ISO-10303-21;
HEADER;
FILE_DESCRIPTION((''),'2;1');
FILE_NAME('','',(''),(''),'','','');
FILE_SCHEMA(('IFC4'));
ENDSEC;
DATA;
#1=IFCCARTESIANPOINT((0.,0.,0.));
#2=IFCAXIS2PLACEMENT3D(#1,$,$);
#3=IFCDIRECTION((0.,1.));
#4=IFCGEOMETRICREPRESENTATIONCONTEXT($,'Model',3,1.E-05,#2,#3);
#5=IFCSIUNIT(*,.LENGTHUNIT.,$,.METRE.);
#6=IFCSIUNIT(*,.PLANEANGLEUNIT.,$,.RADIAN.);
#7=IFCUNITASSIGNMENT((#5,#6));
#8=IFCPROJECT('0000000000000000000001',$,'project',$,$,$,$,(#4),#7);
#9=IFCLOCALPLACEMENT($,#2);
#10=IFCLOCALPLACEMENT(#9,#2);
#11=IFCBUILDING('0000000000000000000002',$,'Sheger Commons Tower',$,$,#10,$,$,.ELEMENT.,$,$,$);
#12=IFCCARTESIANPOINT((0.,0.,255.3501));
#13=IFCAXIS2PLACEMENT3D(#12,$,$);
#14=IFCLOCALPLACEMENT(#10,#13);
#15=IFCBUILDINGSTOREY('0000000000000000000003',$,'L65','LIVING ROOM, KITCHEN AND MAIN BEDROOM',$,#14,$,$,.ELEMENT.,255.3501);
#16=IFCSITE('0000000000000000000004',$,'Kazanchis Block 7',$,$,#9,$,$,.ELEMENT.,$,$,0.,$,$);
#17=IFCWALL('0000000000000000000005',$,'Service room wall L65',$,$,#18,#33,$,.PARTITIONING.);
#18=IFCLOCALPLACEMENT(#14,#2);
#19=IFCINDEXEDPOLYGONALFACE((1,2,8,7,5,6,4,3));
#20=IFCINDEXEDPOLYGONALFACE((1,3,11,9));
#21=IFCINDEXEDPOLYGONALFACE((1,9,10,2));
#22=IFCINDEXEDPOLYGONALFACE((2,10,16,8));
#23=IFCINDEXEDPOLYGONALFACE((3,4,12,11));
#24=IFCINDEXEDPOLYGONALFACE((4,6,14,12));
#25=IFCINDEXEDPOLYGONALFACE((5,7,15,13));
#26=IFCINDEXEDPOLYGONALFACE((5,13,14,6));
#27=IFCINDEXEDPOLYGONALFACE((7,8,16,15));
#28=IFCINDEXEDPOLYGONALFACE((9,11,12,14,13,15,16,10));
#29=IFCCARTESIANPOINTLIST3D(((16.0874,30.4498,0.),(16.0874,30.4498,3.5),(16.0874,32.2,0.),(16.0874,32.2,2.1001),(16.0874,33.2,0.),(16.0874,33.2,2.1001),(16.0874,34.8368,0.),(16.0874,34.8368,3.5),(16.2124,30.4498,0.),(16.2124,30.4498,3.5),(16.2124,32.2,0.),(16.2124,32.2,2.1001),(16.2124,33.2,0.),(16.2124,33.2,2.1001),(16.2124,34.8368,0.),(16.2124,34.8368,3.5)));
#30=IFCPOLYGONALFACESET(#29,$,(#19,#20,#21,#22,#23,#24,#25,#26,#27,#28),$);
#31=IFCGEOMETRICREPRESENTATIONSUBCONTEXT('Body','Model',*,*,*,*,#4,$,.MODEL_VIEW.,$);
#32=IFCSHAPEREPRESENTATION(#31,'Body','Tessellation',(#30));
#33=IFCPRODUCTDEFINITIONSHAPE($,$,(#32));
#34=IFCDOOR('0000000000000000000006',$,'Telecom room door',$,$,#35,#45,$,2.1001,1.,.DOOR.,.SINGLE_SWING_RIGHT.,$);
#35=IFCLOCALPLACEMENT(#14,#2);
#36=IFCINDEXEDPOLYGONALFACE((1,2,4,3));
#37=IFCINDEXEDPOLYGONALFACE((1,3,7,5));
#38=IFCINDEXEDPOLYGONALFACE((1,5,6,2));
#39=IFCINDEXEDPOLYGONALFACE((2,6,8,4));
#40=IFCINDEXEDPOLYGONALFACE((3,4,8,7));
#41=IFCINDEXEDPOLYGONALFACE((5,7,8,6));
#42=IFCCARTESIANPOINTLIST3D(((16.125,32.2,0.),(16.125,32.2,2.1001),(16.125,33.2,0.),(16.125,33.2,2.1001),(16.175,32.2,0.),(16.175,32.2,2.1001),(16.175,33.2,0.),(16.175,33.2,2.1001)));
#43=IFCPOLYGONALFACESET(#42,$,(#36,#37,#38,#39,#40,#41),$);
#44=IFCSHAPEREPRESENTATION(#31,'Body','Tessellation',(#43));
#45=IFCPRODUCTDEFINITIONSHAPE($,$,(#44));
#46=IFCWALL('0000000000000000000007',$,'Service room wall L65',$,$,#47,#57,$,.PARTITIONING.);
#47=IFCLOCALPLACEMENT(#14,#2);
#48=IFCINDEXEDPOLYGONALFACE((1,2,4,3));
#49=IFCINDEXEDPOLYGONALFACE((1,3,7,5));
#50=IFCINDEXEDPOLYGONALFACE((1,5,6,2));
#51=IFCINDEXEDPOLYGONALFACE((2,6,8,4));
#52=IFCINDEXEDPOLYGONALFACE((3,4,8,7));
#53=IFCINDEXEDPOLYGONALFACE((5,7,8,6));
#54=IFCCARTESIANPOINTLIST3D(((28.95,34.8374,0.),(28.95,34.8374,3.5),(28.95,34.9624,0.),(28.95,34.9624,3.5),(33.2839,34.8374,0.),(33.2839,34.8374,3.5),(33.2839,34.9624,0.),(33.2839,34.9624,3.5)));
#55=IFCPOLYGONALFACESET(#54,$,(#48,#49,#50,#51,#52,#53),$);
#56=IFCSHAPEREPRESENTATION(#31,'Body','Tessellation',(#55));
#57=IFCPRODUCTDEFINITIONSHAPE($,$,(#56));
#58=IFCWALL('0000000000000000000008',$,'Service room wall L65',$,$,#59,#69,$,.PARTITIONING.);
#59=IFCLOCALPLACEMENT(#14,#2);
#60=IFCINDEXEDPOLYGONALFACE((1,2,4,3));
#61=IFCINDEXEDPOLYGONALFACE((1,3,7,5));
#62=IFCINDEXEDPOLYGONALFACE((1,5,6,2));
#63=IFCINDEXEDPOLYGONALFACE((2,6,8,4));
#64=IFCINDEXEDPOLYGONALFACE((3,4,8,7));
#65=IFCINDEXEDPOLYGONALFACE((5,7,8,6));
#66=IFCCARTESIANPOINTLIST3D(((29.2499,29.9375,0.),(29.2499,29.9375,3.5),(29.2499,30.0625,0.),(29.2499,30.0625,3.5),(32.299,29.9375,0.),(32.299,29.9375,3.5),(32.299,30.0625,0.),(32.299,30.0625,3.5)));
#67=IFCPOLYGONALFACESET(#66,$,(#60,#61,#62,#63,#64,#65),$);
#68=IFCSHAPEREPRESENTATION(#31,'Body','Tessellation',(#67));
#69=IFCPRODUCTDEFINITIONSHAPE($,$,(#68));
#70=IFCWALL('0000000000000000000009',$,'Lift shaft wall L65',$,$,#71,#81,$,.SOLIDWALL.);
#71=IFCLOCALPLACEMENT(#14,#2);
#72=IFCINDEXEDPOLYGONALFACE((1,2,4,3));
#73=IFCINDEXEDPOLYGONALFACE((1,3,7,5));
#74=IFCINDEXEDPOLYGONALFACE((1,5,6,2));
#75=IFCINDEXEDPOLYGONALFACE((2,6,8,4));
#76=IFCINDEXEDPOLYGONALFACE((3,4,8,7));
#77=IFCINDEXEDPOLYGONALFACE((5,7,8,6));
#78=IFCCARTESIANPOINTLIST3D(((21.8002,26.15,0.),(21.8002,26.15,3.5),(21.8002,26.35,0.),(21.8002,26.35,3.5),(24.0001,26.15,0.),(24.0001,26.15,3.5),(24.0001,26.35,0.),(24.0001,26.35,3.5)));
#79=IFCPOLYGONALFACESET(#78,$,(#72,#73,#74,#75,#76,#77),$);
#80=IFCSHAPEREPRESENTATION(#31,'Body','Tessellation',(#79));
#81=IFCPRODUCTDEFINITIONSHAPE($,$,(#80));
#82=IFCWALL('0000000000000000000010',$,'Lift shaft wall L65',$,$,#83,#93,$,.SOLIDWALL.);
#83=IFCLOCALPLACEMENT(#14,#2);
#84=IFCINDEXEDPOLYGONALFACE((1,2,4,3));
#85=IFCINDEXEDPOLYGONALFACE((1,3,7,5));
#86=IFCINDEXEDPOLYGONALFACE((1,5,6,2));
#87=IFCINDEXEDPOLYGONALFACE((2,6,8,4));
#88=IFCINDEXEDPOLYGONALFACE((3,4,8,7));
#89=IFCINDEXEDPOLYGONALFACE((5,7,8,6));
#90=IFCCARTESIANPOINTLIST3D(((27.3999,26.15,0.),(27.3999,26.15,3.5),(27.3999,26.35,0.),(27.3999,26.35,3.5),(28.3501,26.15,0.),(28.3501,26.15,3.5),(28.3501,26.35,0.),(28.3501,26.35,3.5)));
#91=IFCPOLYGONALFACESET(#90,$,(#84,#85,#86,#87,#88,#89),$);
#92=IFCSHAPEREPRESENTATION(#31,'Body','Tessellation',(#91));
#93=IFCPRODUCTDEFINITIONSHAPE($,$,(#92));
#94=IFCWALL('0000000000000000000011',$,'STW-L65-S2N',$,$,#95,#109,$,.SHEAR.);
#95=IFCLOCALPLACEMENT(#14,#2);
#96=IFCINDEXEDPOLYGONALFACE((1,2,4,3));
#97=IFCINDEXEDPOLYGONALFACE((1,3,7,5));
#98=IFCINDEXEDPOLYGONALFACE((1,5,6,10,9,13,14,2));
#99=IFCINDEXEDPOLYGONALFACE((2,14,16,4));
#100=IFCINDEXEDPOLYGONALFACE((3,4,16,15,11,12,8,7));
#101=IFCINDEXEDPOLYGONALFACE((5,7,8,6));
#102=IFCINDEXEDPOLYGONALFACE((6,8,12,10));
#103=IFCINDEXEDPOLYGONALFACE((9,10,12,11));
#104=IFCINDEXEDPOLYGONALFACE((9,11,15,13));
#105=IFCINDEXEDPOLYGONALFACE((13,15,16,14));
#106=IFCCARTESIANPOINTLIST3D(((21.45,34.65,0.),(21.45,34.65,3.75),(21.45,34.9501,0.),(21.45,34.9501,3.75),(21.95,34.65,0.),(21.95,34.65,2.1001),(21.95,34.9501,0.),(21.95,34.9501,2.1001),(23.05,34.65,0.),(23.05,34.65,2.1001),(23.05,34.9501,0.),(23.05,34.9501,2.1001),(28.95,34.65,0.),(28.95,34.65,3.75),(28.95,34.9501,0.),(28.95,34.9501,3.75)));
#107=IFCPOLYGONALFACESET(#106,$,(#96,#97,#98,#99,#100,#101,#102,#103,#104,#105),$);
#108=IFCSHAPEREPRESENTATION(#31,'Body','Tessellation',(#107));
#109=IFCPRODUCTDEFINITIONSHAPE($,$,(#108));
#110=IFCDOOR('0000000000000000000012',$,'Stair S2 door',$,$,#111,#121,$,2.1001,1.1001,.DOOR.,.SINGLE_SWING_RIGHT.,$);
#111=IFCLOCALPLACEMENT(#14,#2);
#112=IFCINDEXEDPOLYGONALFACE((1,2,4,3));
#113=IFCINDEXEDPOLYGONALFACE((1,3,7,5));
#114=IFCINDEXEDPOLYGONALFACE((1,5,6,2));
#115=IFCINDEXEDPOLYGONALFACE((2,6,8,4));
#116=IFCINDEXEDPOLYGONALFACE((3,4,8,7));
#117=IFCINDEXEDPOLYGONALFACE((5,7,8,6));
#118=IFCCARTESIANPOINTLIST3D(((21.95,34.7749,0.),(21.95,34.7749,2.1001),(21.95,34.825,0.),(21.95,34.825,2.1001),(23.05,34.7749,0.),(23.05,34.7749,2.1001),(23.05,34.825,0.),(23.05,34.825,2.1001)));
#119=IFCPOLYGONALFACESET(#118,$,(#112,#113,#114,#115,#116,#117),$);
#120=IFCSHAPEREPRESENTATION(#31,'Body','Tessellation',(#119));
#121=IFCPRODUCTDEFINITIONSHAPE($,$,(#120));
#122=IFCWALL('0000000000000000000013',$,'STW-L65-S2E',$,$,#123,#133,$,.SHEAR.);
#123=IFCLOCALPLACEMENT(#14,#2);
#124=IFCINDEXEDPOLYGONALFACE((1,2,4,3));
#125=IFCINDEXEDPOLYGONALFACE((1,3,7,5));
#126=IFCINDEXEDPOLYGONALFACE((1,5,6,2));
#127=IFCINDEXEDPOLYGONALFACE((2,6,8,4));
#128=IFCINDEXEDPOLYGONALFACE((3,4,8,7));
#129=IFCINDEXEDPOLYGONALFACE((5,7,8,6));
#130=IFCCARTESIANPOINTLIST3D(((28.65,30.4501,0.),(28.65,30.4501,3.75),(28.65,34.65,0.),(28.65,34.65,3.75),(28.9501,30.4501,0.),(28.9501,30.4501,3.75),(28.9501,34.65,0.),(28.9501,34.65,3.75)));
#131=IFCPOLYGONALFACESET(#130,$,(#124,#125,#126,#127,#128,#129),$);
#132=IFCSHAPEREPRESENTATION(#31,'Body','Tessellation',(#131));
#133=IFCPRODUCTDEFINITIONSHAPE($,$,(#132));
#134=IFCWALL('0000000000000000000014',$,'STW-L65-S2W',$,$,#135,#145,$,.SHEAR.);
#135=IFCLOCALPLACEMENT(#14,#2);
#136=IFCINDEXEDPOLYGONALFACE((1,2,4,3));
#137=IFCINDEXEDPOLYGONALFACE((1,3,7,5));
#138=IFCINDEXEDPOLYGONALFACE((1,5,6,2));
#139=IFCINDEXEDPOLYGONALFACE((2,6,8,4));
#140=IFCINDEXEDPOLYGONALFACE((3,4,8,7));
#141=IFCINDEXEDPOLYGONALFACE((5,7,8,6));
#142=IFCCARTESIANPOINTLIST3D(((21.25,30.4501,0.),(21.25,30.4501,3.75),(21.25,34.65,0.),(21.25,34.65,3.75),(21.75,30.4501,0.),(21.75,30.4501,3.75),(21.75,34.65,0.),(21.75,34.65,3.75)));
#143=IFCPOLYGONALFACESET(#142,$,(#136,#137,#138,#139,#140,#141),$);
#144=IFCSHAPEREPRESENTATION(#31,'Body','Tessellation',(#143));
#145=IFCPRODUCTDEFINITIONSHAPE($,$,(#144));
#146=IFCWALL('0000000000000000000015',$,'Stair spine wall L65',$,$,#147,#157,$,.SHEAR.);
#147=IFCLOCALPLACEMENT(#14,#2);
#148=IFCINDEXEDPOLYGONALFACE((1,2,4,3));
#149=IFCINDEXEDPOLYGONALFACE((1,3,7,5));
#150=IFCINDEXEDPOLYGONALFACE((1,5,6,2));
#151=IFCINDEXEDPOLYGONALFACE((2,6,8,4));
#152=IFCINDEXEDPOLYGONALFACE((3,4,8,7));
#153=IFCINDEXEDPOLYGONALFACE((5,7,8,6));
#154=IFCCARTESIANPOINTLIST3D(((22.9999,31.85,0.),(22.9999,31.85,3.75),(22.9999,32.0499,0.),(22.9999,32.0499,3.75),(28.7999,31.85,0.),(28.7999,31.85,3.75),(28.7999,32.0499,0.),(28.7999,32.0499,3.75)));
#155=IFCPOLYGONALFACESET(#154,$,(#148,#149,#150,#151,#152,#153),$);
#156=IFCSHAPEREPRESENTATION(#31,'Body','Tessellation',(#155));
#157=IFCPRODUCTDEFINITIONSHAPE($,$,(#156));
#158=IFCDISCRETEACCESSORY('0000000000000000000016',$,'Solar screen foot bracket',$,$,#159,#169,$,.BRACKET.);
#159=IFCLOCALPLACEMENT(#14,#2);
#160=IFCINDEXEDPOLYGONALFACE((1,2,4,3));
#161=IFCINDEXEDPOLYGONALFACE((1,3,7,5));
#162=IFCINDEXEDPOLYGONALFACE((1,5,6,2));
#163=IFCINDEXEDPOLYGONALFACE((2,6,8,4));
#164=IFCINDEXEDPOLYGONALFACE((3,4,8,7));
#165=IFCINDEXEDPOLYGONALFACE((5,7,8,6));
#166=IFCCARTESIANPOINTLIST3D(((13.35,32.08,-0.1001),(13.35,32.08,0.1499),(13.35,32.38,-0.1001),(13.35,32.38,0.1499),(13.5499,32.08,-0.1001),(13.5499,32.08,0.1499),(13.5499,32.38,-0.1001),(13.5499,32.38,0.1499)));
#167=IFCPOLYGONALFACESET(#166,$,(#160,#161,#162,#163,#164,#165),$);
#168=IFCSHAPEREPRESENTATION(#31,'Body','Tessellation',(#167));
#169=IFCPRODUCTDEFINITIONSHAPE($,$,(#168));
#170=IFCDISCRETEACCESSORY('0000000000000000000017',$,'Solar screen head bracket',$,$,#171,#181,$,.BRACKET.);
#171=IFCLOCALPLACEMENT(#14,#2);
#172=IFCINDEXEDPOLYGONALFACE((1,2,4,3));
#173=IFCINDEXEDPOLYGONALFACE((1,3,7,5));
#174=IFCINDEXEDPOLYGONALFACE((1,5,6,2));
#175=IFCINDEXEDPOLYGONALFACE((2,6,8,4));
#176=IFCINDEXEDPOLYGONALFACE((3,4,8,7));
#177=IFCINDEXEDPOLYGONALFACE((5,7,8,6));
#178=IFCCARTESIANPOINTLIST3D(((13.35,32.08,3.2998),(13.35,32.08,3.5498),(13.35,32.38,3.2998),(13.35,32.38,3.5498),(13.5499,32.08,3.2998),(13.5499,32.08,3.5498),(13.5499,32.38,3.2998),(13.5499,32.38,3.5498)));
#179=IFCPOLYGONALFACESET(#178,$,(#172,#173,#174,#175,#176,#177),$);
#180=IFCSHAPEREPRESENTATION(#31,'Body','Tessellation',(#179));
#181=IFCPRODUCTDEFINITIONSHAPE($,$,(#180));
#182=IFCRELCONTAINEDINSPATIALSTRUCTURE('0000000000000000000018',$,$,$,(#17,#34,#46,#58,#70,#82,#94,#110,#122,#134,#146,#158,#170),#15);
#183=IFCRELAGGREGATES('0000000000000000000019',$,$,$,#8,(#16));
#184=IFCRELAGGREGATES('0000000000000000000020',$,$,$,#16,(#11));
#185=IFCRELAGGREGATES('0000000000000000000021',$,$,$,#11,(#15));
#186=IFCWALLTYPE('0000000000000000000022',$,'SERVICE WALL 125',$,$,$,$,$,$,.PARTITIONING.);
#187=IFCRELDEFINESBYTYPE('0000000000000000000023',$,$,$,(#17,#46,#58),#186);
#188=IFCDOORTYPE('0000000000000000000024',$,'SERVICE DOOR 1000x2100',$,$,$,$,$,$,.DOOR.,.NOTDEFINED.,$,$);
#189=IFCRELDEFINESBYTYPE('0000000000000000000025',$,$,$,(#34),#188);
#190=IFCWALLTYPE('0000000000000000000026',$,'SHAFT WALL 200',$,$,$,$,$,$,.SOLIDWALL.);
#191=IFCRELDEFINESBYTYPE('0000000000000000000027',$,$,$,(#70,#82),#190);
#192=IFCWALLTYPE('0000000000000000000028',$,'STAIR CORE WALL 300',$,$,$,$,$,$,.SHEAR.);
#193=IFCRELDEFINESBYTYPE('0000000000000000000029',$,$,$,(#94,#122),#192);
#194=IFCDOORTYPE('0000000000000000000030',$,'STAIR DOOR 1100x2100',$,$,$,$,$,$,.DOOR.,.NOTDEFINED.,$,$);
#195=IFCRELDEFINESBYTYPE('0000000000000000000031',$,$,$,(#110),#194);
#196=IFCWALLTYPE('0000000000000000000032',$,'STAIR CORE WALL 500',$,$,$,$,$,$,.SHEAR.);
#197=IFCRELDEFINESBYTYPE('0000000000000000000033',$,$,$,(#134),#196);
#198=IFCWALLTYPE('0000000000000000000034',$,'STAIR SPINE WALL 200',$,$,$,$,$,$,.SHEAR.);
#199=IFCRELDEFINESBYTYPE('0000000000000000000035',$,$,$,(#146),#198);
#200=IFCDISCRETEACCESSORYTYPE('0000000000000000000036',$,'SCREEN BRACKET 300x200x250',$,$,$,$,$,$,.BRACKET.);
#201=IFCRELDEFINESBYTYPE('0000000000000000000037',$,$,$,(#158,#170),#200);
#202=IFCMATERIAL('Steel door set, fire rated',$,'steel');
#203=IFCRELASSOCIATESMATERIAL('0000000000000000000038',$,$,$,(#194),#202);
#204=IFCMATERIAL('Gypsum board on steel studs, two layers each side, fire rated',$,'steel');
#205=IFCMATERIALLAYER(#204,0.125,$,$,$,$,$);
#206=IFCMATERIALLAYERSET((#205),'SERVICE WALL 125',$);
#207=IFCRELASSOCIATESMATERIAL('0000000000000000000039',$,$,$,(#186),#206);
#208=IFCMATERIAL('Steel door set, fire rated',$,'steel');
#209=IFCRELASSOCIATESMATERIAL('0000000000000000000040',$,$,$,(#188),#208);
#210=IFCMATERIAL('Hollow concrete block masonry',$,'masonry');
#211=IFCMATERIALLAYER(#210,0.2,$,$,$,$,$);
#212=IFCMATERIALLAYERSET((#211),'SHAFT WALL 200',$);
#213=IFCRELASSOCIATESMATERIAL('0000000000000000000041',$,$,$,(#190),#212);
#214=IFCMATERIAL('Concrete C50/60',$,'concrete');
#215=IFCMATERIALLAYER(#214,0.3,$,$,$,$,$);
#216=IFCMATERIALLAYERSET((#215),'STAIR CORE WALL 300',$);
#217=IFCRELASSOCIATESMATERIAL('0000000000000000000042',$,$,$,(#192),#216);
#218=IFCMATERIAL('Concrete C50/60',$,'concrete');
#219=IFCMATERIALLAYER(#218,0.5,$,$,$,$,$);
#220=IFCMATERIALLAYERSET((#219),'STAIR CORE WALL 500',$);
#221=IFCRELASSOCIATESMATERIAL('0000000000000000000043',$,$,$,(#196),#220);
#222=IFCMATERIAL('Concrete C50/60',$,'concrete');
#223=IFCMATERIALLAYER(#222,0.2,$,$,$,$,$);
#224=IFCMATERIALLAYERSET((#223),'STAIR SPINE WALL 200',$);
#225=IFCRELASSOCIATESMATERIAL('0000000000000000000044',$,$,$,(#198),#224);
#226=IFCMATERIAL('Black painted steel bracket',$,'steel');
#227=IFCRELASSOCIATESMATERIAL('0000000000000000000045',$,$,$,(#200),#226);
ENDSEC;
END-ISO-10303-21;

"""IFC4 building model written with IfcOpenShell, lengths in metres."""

from ifc_helpers import new_model, si_unit, direction, frame, frame_2d, origin, origin_2d, place, context, subcontext, project, spatial, rectangle, extrude, material, layer, layer_set, type_object, element, fill, save


model = new_model("IFC4")

# Units and contexts
model_context = context("Model", 3, precision=1e-05, world=origin(), true_north=direction((0.0, 1.0)))
body_context = subcontext(model_context, "Body", "Model", "MODEL_VIEW")
ifc_project = project(units=[si_unit("LENGTHUNIT", "METRE"), si_unit("PLANEANGLEUNIT", "RADIAN")], contexts=[model_context])

# Site, building, storey
site_placement = place(None, origin())
site = spatial("IfcSite", under=ifc_project, at=site_placement, Name="Kazanchis Block 7", CompositionType="ELEMENT", RefElevation=0.0)
building_placement = place(site_placement, origin())
building = spatial("IfcBuilding", under=site, at=building_placement, Name="Sheger Commons Tower", CompositionType="ELEMENT")
storey_placement = place(building_placement, frame((0.0, 0.0, 255.3501)))
storey = spatial("IfcBuildingStorey", under=building, at=storey_placement, Name="L65", Description="LIVING ROOM, KITCHEN AND MAIN BEDROOM", CompositionType="ELEMENT", Elevation=255.3501)

# Shared definitions
ifc_material_1 = material(Name="Steel door set, fire rated", Category="steel")
door_type_1 = type_object("IfcDoorType", Name="STAIR DOOR 1100x2100", OperationType="NOTDEFINED", PredefinedType="DOOR", material=ifc_material_1)

# Wall, opening, door
ifc_material_2 = material(Name="Gypsum board on steel studs, two layers each side, fire rated", Category="steel")
ifc_layer_1 = layer(ifc_material_2, 0.125)
ifc_layer_set_1 = layer_set([ifc_layer_1], Name="SERVICE WALL 125")
wall_type_1 = type_object("IfcWallType", Name="SERVICE WALL 125", PredefinedType="PARTITIONING", material=ifc_layer_set_1)
wall_1_placement = place(storey_placement, frame((16.1499, 30.45, 0.0), z_axis=(0.0, 0.0, 1.0), x_axis=(0.0, 1.0, 0.0)))
wall_1 = element("IfcWall", 1, at=wall_1_placement, inside=storey, type_object=wall_type_1, Name="Service room wall L65", PredefinedType="PARTITIONING", context=body_context, shape_type="SweptSolid", body=[
    extrude(rectangle(XDim=4.387, YDim=0.125, at=frame_2d((2.1934, 0.0))), origin(), (0.0, 0.0, 1.0), 3.5),
])
opening_1_placement = place(wall_1_placement, frame((1.75, 0.0, 0.0)))
opening_1 = element("IfcOpeningElement", 2, at=opening_1_placement, cuts=wall_1, PredefinedType="OPENING", context=body_context, shape_type="SweptSolid", body=[
    extrude(rectangle(XDim=1.0, YDim=2.1001, at=frame_2d((0.5, 1.05))), frame((0.0, 0.0725, 0.0), z_axis=(0.0, -1.0, 0.0), x_axis=(1.0, 0.0, 0.0)), (0.0, 0.0, 1.0), 0.145),
])
ifc_material_3 = material(Name="Steel door set, fire rated", Category="steel")
door_type_2 = type_object("IfcDoorType", Name="SERVICE DOOR 1000x2100", OperationType="NOTDEFINED", PredefinedType="DOOR", material=ifc_material_3)
door_1_placement = place(opening_1_placement, origin())
door_1 = element("IfcDoor", 3, at=door_1_placement, inside=storey, type_object=door_type_2, Name="Telecom room door", OperationType="SINGLE_SWING_RIGHT", OverallHeight=2.1001, OverallWidth=1.0, PredefinedType="DOOR", context=body_context, shape_type="SweptSolid", body=[
    extrude(rectangle(XDim=1.0, YDim=2.1001, at=frame_2d((0.5, 1.05))), frame((0.0, 0.0249, 0.0), z_axis=(0.0, -1.0, 0.0), x_axis=(1.0, 0.0, 0.0)), (0.0, 0.0, 1.0), 0.05),
])
fill(opening_1, door_1)

# Walls
wall_2_placement = place(storey_placement, frame((28.95, 34.8999, 0.0), z_axis=(0.0, 0.0, 1.0), x_axis=(1.0, 0.0, 0.0)))
element("IfcWall", 4, at=wall_2_placement, inside=storey, type_object=wall_type_1, Name="Service room wall L65", PredefinedType="PARTITIONING", context=body_context, shape_type="SweptSolid", body=[
    extrude(rectangle(XDim=4.334, YDim=0.125, at=frame_2d((2.167, 0.0))), origin(), (0.0, 0.0, 1.0), 3.5),
])
wall_3_placement = place(storey_placement, frame((29.25, 30.0, 0.0), z_axis=(0.0, 0.0, 1.0), x_axis=(1.0, 0.0, 0.0)))
element("IfcWall", 5, at=wall_3_placement, inside=storey, type_object=wall_type_1, Name="Service room wall L65", PredefinedType="PARTITIONING", context=body_context, shape_type="SweptSolid", body=[
    extrude(rectangle(XDim=3.0491, YDim=0.125, at=frame_2d((1.5244, 0.0))), origin(), (0.0, 0.0, 1.0), 3.5),
])
ifc_material_4 = material(Name="Hollow concrete block masonry", Category="masonry")
ifc_layer_2 = layer(ifc_material_4, 0.2)
ifc_layer_set_2 = layer_set([ifc_layer_2], Name="SHAFT WALL 200")
wall_type_2 = type_object("IfcWallType", Name="SHAFT WALL 200", PredefinedType="SOLIDWALL", material=ifc_layer_set_2)
wall_4_placement = place(storey_placement, frame((21.8, 26.25, 0.0), z_axis=(0.0, 0.0, 1.0), x_axis=(1.0, 0.0, 0.0)))
element("IfcWall", 6, at=wall_4_placement, inside=storey, type_object=wall_type_2, Name="Lift shaft wall L65", PredefinedType="SOLIDWALL", context=body_context, shape_type="SweptSolid", body=[
    extrude(rectangle(XDim=2.2, YDim=0.2, at=frame_2d((1.1001, 0.0))), origin(), (0.0, 0.0, 1.0), 3.5),
])
wall_5_placement = place(storey_placement, frame((27.3999, 26.25, 0.0), z_axis=(0.0, 0.0, 1.0), x_axis=(1.0, 0.0, 0.0)))
element("IfcWall", 7, at=wall_5_placement, inside=storey, type_object=wall_type_2, Name="Lift shaft wall L65", PredefinedType="SOLIDWALL", context=body_context, shape_type="SweptSolid", body=[
    extrude(rectangle(XDim=0.9502, YDim=0.2, at=frame_2d((0.4751, 0.0))), origin(), (0.0, 0.0, 1.0), 3.5),
])

# Wall, opening, door
ifc_material_5 = material(Name="Concrete C50/60", Category="concrete")
ifc_layer_3 = layer(ifc_material_5, 0.3)
ifc_layer_set_3 = layer_set([ifc_layer_3], Name="STAIR CORE WALL 300")
wall_type_3 = type_object("IfcWallType", Name="STAIR CORE WALL 300", PredefinedType="SHEAR", material=ifc_layer_set_3)
wall_6_placement = place(storey_placement, frame((21.45, 34.8, 0.0), z_axis=(0.0, 0.0, 1.0), x_axis=(1.0, 0.0, 0.0)))
wall_6 = element("IfcWall", 8, at=wall_6_placement, inside=storey, type_object=wall_type_3, Name="STW-L65-S2N", PredefinedType="SHEAR", context=body_context, shape_type="SweptSolid", body=[
    extrude(rectangle(XDim=7.5, YDim=0.3, at=frame_2d((3.75, 0.0))), origin(), (0.0, 0.0, 1.0), 3.75),
])
opening_2_placement = place(wall_6_placement, frame((0.5, 0.0, 0.0)))
opening_2 = element("IfcOpeningElement", 9, at=opening_2_placement, cuts=wall_6, PredefinedType="OPENING", context=body_context, shape_type="SweptSolid", body=[
    extrude(rectangle(XDim=1.1001, YDim=2.1001, at=frame_2d((0.55, 1.05))), frame((0.0, 0.1599, 0.0), z_axis=(0.0, -1.0, 0.0), x_axis=(1.0, 0.0, 0.0)), (0.0, 0.0, 1.0), 0.3201),
])
door_2_placement = place(opening_2_placement, origin())
door_2 = element("IfcDoor", 10, at=door_2_placement, inside=storey, type_object=door_type_1, Name="Stair S2 door", OperationType="SINGLE_SWING_RIGHT", OverallHeight=2.1001, OverallWidth=1.1001, PredefinedType="DOOR", context=body_context, shape_type="SweptSolid", body=[
    extrude(rectangle(XDim=1.1001, YDim=2.1001, at=frame_2d((0.55, 1.05))), frame((0.0, 0.0249, 0.0), z_axis=(0.0, -1.0, 0.0), x_axis=(1.0, 0.0, 0.0)), (0.0, 0.0, 1.0), 0.05),
])
fill(opening_2, door_2)

# Walls
wall_7_placement = place(storey_placement, frame((28.8, 30.45, 0.0), z_axis=(0.0, 0.0, 1.0), x_axis=(0.0, 1.0, 0.0)))
element("IfcWall", 11, at=wall_7_placement, inside=storey, type_object=wall_type_3, Name="STW-L65-S2E", PredefinedType="SHEAR", context=body_context, shape_type="SweptSolid", body=[
    extrude(rectangle(XDim=4.2, YDim=0.3, at=frame_2d((2.1001, 0.0))), origin(), (0.0, 0.0, 1.0), 3.75),
])
ifc_material_6 = material(Name="Concrete C50/60", Category="concrete")
ifc_layer_4 = layer(ifc_material_6, 0.5)
ifc_layer_set_4 = layer_set([ifc_layer_4], Name="STAIR CORE WALL 500")
wall_type_4 = type_object("IfcWallType", Name="STAIR CORE WALL 500", PredefinedType="SHEAR", material=ifc_layer_set_4)
wall_8_placement = place(storey_placement, frame((21.5, 30.45, 0.0), z_axis=(0.0, 0.0, 1.0), x_axis=(0.0, 1.0, 0.0)))
element("IfcWall", 12, at=wall_8_placement, inside=storey, type_object=wall_type_4, Name="STW-L65-S2W", PredefinedType="SHEAR", context=body_context, shape_type="SweptSolid", body=[
    extrude(rectangle(XDim=4.2, YDim=0.5, at=frame_2d((2.1001, 0.0))), origin(), (0.0, 0.0, 1.0), 3.75),
])
ifc_material_7 = material(Name="Concrete C50/60", Category="concrete")
ifc_layer_5 = layer(ifc_material_7, 0.2)
ifc_layer_set_5 = layer_set([ifc_layer_5], Name="STAIR SPINE WALL 200")
wall_type_5 = type_object("IfcWallType", Name="STAIR SPINE WALL 200", PredefinedType="SHEAR", material=ifc_layer_set_5)
wall_9_placement = place(storey_placement, frame((23.0, 31.95, 0.0), z_axis=(0.0, 0.0, 1.0), x_axis=(1.0, 0.0, 0.0)))
element("IfcWall", 13, at=wall_9_placement, inside=storey, type_object=wall_type_5, Name="Stair spine wall L65", PredefinedType="SHEAR", context=body_context, shape_type="SweptSolid", body=[
    extrude(rectangle(XDim=5.8, YDim=0.2, at=frame_2d((2.8999, 0.0))), origin(), (0.0, 0.0, 1.0), 3.75),
])

# Discrete accessories
ifc_material_8 = material(Name="Black painted steel bracket", Category="steel")
discrete_accessory_type = type_object("IfcDiscreteAccessoryType", Name="SCREEN BRACKET 300x200x250", PredefinedType="BRACKET", material=ifc_material_8)
for number, where, z_axis, x_axis, name in (
    (14, (13.45, 32.23, -0.1001), (0.0, 0.0, 1.0), (0.0, -1.0, 0.0), "Solar screen foot bracket"),
    (15, (13.45, 32.23, 3.2998), (0.0, 0.0, 1.0), (0.0, -1.0, 0.0), "Solar screen head bracket"),
):
    element("IfcDiscreteAccessory", number, at=place(storey_placement, frame(where, z_axis=z_axis, x_axis=x_axis)), inside=storey, type_object=discrete_accessory_type, Name=name, PredefinedType="BRACKET", context=body_context, shape_type="SweptSolid", body=[
        extrude(rectangle(XDim=0.3, YDim=0.2, at=origin_2d()), origin(), (0.0, 0.0, 1.0), 0.25),
    ])

save(model, "model.ifc")
